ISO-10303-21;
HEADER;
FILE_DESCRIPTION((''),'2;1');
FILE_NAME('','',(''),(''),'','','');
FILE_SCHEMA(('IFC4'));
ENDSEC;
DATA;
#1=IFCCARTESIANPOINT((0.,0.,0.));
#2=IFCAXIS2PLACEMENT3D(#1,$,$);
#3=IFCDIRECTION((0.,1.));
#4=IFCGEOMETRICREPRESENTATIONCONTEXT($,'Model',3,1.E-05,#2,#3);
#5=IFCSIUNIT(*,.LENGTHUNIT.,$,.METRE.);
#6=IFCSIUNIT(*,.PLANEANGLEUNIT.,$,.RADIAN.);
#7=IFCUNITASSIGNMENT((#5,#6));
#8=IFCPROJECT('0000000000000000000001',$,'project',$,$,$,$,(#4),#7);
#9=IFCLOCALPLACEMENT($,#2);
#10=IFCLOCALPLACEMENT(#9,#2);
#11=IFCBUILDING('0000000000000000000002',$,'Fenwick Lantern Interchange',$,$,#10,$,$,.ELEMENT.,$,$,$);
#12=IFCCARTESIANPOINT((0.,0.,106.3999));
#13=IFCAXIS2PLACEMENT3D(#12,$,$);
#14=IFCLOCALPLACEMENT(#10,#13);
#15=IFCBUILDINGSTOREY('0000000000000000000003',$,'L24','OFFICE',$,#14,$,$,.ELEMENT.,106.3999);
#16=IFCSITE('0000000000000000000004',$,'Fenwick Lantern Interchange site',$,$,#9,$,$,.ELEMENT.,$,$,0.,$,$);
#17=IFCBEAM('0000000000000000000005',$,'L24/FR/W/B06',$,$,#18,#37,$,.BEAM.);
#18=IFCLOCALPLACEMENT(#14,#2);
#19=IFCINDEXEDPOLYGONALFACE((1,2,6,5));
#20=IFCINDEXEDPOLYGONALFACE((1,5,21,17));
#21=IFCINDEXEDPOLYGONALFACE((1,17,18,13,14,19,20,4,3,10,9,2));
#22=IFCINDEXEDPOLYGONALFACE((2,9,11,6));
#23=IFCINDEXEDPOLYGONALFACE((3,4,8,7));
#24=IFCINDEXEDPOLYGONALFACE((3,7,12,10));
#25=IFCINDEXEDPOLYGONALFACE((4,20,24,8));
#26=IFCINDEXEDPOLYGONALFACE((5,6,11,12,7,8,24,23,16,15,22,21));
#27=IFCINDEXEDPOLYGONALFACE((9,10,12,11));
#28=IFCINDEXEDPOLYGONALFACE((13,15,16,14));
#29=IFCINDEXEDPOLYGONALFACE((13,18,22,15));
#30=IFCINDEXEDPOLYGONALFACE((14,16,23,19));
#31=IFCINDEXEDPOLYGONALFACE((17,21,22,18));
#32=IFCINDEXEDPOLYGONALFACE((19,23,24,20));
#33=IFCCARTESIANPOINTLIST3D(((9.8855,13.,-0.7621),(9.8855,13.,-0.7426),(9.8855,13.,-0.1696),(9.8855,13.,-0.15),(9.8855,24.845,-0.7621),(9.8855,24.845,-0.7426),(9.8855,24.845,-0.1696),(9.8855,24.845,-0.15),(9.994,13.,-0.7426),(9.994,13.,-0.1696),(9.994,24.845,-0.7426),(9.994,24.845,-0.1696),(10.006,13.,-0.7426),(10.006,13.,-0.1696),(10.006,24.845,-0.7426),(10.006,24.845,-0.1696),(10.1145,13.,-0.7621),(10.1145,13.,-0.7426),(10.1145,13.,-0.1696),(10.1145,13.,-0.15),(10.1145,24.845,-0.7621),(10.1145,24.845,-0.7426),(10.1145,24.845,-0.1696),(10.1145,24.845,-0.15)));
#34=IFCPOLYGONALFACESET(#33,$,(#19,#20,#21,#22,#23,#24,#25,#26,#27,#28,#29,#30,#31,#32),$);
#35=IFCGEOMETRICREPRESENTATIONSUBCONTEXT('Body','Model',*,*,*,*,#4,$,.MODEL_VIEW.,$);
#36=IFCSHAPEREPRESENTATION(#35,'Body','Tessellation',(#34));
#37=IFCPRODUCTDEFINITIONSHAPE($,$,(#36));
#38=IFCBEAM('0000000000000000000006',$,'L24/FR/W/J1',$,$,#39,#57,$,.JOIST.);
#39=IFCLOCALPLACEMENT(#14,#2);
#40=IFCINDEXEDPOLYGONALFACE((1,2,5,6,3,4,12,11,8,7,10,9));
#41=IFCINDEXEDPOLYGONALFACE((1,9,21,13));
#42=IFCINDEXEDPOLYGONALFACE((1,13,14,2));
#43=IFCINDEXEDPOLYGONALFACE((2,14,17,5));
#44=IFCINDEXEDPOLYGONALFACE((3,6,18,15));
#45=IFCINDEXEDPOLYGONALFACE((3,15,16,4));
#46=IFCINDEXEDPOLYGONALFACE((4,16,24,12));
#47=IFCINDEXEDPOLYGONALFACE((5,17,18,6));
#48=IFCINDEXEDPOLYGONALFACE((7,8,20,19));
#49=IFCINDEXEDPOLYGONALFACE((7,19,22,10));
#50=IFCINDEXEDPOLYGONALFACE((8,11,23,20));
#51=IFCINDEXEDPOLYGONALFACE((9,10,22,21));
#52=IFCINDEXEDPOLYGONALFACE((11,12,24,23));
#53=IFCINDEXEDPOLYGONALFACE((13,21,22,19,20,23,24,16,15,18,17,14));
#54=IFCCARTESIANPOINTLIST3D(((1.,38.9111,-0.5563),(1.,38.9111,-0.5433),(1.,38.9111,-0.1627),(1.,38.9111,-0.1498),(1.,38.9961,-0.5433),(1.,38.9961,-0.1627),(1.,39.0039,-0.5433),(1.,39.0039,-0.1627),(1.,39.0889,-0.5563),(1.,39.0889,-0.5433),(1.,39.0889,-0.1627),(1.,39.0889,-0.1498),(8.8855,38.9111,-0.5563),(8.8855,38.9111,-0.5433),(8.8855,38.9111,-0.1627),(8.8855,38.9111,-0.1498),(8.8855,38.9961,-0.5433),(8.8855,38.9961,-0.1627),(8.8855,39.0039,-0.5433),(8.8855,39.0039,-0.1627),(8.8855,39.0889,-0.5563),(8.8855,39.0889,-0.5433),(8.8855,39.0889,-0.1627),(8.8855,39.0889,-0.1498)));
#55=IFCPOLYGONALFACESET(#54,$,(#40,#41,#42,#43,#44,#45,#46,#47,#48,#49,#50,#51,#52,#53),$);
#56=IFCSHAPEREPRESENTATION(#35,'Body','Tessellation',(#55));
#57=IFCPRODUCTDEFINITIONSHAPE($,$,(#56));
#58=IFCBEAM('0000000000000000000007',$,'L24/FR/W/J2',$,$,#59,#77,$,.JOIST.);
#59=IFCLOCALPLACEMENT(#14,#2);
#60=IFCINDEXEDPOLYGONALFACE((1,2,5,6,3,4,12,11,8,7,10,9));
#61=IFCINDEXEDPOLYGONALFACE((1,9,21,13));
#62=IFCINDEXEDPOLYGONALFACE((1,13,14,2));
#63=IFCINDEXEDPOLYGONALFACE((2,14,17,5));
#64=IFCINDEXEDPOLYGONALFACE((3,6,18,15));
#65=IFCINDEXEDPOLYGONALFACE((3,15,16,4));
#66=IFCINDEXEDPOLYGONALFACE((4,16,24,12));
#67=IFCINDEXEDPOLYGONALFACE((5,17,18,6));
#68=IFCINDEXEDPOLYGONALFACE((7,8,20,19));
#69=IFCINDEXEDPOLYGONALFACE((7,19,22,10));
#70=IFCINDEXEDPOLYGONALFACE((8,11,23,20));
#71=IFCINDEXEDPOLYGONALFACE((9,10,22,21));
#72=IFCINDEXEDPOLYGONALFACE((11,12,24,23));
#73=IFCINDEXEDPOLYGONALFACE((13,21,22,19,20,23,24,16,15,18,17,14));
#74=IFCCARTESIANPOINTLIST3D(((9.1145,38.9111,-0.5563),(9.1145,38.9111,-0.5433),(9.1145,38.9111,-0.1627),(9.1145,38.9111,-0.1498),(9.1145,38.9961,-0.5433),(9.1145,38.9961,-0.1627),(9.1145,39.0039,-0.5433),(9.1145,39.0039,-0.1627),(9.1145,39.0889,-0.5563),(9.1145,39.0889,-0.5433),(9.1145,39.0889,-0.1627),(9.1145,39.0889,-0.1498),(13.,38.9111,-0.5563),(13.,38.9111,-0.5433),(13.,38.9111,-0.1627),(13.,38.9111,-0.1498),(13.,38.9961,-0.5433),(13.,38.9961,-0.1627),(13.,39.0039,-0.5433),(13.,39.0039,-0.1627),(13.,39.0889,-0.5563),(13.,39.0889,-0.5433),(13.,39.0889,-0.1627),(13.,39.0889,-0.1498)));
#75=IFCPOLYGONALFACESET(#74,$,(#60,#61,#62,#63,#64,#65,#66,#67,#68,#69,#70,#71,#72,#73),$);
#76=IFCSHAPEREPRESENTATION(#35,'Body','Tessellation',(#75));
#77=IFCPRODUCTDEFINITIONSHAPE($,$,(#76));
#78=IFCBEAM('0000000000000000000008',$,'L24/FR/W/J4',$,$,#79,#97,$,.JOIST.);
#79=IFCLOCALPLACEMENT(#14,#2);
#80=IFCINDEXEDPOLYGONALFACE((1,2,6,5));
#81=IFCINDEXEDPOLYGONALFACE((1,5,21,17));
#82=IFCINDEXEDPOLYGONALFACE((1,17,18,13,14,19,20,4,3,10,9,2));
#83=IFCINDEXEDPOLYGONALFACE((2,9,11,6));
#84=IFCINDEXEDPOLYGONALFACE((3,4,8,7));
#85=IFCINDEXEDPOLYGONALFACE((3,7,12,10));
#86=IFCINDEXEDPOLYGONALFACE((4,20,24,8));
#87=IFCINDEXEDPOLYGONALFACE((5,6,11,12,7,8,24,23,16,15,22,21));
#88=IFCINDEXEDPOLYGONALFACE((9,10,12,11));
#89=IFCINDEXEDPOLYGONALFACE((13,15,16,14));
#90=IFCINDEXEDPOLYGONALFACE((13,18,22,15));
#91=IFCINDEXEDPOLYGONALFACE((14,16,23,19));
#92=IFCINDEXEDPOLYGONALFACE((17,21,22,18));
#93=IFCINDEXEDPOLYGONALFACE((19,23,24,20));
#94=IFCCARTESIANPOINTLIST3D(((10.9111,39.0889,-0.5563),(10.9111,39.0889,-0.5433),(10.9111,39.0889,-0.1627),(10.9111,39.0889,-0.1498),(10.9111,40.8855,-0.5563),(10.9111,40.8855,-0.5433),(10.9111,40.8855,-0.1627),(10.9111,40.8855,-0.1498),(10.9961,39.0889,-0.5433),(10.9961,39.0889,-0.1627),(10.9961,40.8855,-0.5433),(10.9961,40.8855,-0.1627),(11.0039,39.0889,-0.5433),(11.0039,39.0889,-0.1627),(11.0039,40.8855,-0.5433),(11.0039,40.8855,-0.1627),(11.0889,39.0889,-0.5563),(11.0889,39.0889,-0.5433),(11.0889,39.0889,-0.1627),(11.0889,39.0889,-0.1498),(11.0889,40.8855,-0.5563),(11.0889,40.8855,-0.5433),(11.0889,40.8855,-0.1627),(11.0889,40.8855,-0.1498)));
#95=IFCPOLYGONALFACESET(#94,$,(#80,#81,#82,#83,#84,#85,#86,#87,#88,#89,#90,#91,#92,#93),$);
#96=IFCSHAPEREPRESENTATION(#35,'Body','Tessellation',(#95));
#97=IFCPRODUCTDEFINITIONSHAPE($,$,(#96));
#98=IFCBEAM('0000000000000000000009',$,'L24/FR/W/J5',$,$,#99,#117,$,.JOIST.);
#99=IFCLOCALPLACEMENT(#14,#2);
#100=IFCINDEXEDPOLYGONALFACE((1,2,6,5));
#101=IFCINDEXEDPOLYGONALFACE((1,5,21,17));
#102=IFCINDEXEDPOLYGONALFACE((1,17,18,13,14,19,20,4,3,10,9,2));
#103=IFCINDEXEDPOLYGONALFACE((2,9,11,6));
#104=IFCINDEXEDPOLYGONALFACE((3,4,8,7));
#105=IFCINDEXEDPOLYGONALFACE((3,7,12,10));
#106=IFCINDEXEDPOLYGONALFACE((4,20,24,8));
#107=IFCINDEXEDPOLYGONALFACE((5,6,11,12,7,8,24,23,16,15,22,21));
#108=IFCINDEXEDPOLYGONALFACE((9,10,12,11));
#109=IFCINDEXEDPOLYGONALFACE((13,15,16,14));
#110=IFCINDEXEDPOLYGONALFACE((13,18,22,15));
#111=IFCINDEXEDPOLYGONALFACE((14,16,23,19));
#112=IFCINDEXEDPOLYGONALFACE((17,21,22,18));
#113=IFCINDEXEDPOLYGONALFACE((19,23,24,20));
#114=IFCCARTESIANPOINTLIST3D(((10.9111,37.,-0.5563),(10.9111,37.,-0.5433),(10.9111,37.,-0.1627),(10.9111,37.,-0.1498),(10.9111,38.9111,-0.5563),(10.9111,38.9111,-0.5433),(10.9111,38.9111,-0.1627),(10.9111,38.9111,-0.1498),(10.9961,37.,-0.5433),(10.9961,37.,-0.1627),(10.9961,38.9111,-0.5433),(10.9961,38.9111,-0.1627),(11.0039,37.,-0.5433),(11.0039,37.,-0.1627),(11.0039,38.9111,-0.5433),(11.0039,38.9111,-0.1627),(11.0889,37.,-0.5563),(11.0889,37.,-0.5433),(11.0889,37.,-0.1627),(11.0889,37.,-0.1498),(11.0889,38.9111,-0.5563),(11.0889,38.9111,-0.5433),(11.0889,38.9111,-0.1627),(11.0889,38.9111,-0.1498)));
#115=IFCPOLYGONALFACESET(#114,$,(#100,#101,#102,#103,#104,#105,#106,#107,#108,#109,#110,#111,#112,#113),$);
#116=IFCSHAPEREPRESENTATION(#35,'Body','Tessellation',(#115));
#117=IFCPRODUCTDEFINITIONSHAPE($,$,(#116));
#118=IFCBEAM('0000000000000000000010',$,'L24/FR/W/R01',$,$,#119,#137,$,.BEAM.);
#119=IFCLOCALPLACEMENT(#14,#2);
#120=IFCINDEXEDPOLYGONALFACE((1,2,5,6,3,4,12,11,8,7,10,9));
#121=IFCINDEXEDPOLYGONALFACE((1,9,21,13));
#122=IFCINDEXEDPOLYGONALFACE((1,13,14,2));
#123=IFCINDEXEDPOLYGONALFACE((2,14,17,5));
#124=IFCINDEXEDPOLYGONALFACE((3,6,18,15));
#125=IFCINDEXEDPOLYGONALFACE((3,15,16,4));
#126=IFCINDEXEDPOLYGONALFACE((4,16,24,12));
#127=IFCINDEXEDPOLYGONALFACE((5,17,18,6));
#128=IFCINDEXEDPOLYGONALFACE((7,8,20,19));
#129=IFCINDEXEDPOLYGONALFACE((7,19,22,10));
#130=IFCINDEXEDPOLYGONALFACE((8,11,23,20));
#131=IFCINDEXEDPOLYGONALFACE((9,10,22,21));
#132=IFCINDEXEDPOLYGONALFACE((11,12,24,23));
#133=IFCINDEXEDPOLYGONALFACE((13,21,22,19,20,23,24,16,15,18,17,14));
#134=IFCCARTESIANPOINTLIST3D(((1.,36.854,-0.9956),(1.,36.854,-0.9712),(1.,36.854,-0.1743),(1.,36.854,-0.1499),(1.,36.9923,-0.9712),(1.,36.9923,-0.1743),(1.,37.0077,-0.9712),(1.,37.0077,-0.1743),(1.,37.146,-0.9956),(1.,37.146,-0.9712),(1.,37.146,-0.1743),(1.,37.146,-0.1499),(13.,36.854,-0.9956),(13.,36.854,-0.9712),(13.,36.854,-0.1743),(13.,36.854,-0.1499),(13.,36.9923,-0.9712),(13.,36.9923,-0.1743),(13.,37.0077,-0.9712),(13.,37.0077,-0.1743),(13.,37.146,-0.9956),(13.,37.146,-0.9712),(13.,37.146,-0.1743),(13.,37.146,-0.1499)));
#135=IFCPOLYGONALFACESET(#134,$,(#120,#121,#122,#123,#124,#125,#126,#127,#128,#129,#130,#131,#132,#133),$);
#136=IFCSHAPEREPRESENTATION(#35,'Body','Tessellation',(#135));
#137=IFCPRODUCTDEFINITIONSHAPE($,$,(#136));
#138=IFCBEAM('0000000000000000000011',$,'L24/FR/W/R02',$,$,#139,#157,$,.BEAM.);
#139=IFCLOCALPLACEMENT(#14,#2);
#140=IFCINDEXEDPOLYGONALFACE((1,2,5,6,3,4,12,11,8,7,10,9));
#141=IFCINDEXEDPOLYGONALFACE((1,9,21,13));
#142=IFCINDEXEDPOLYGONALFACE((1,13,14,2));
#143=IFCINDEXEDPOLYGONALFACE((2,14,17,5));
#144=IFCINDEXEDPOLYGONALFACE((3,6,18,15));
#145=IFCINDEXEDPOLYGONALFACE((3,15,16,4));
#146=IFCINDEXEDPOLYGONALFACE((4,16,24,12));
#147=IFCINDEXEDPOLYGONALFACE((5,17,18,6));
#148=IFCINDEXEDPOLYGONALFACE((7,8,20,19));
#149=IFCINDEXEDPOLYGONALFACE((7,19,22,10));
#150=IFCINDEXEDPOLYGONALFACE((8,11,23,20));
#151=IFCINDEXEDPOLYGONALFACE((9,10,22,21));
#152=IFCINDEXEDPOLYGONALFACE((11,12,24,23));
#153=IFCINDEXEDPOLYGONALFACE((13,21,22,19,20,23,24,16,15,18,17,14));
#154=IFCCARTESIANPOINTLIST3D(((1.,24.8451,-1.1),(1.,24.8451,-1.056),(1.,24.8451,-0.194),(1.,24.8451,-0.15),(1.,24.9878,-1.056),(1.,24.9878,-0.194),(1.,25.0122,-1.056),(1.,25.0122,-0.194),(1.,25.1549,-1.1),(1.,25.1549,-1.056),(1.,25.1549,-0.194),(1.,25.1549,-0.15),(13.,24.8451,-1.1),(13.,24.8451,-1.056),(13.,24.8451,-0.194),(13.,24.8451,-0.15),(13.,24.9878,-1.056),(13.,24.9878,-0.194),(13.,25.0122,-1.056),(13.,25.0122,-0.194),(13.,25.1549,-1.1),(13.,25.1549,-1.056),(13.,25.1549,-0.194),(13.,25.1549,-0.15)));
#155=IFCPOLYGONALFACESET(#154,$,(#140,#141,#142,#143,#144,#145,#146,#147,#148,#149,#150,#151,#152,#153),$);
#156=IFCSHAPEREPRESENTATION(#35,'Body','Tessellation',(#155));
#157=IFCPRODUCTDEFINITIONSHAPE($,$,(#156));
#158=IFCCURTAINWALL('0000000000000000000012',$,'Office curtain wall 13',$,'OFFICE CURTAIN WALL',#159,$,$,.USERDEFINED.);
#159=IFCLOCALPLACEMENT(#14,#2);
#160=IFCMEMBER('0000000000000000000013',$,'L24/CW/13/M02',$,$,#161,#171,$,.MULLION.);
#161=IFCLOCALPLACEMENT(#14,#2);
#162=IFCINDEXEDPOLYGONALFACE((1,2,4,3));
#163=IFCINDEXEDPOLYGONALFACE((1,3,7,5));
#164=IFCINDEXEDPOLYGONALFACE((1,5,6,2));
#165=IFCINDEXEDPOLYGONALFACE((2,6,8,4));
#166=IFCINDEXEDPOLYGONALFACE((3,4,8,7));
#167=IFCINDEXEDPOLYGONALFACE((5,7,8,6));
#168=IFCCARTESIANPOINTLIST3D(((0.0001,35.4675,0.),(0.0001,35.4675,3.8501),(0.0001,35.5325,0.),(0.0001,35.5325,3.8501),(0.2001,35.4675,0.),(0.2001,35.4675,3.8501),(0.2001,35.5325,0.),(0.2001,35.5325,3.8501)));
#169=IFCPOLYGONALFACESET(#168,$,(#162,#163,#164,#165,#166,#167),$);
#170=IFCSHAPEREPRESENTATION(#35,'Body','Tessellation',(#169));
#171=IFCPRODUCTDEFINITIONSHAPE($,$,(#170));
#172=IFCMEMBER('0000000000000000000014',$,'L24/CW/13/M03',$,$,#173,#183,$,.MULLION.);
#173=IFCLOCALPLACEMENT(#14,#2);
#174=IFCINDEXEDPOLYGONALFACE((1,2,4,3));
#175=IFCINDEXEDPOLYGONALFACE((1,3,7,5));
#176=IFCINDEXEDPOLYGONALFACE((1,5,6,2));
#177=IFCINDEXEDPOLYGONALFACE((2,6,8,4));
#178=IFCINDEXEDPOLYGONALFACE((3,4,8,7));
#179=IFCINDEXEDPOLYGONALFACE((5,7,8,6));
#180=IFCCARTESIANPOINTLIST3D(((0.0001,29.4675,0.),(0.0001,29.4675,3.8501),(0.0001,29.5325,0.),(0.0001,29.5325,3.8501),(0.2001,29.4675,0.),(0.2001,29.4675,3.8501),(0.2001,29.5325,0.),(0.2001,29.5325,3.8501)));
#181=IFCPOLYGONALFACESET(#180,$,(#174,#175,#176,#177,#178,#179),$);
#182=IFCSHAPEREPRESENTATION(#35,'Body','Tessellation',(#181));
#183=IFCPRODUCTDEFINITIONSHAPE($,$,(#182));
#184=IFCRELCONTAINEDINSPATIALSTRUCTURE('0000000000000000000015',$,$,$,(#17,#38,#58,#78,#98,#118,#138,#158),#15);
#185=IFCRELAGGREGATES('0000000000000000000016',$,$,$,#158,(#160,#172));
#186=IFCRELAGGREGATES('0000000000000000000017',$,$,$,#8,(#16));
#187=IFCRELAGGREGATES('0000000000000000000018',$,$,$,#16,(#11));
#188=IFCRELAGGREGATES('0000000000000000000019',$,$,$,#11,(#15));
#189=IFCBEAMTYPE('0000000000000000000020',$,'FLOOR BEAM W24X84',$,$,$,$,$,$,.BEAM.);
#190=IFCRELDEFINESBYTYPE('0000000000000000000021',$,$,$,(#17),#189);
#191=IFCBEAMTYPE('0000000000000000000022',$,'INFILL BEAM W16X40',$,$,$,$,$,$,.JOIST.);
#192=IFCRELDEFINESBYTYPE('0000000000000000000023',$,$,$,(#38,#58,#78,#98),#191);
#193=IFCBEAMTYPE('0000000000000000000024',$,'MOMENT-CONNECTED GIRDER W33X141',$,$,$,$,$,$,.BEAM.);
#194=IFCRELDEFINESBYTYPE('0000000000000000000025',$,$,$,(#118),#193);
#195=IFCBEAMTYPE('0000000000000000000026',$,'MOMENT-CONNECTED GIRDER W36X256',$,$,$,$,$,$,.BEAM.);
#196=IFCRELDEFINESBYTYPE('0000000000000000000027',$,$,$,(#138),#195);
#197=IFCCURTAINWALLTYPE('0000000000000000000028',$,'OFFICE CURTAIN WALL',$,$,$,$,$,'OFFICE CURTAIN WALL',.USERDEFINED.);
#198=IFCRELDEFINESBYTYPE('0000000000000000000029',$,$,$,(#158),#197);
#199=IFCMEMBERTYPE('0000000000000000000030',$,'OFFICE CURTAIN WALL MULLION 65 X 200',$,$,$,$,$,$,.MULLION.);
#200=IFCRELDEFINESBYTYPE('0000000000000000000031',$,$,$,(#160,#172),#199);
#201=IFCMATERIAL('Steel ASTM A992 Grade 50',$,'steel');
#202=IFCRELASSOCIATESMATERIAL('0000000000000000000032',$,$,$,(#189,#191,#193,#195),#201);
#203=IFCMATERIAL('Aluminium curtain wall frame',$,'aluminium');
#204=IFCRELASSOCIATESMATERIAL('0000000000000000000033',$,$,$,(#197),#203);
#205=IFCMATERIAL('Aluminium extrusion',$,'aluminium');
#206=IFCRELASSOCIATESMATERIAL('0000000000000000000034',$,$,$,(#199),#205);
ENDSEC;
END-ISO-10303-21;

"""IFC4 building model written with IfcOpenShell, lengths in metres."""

from ifc_helpers import new_model, si_unit, direction, frame, origin, origin_2d, place, context, subcontext, project, spatial, rectangle, i_section, extrude, material, material_profile, profile_set, type_object, element, aggregate, save


model = new_model("IFC4")

# Units and contexts
model_context = context("Model", 3, precision=1e-05, world=origin(), true_north=direction((0.0, 1.0)))
body_context = subcontext(model_context, "Body", "Model", "MODEL_VIEW")
ifc_project = project(units=[si_unit("LENGTHUNIT", "METRE"), si_unit("PLANEANGLEUNIT", "RADIAN")], contexts=[model_context])

# Site, building, storey
site_placement = place(None, origin())
site = spatial("IfcSite", under=ifc_project, at=site_placement, Name="Fenwick Lantern Interchange site", CompositionType="ELEMENT", RefElevation=0.0)
building_placement = place(site_placement, origin())
building = spatial("IfcBuilding", under=site, at=building_placement, Name="Fenwick Lantern Interchange", CompositionType="ELEMENT")
storey_placement = place(building_placement, frame((0.0, 0.0, 106.3999)))
storey = spatial("IfcBuildingStorey", under=building, at=storey_placement, Name="L24", Description="OFFICE", CompositionType="ELEMENT", Elevation=106.3999)

# Beams
ifc_material_1 = material(Name="Steel ASTM A992 Grade 50", Category="steel")
ifc_material_profile_1 = material_profile(ifc_material_1, i_section(OverallWidth=0.229, OverallDepth=0.6121, WebThickness=0.012, FlangeThickness=0.0195, at=origin_2d()), Name="W24X84")
ifc_profile_set_1 = profile_set([ifc_material_profile_1], Name="Steel ASTM A992 Grade 50")
beam_type_1 = type_object("IfcBeamType", Name="FLOOR BEAM W24X84", PredefinedType="BEAM", material=ifc_profile_set_1)
for number, where, z_axis, x_axis, name in (
    (1, (10.0, 24.845, -0.4561), (0.0, -1.0, 0.0), (1.0, 0.0, 0.0), "L24/FR/W/B06"),
):
    element("IfcBeam", number, at=place(storey_placement, frame(where, z_axis=z_axis, x_axis=x_axis)), inside=storey, type_object=beam_type_1, Name=name, PredefinedType="BEAM", context=body_context, shape_type="SweptSolid", body=[
        extrude(i_section(OverallWidth=0.229, OverallDepth=0.6121, WebThickness=0.012, FlangeThickness=0.0195, at=origin_2d()), origin(), (0.0, 0.0, 1.0), 11.845),
    ])
ifc_material_profile_2 = material_profile(ifc_material_1, i_section(OverallWidth=0.1777, OverallDepth=0.4065, WebThickness=0.0078, FlangeThickness=0.0129, at=origin_2d()), Name="W16X40")
ifc_profile_set_2 = profile_set([ifc_material_profile_2], Name="Steel ASTM A992 Grade 50")
beam_type_2 = type_object("IfcBeamType", Name="INFILL BEAM W16X40", PredefinedType="JOIST", material=ifc_profile_set_2)
beam_1_placement = place(storey_placement, frame((1.0, 39.0, -0.353), z_axis=(1.0, 0.0, 0.0), x_axis=(0.0, 1.0, 0.0)))
element("IfcBeam", 2, at=beam_1_placement, inside=storey, type_object=beam_type_2, Name="L24/FR/W/J1", PredefinedType="JOIST", context=body_context, shape_type="SweptSolid", body=[
    extrude(i_section(OverallWidth=0.1777, OverallDepth=0.4065, WebThickness=0.0078, FlangeThickness=0.0129, at=origin_2d()), origin(), (0.0, 0.0, 1.0), 7.8855),
])
beam_2_placement = place(storey_placement, frame((9.1145, 39.0, -0.353), z_axis=(1.0, 0.0, 0.0), x_axis=(0.0, 1.0, 0.0)))
element("IfcBeam", 3, at=beam_2_placement, inside=storey, type_object=beam_type_2, Name="L24/FR/W/J2", PredefinedType="JOIST", context=body_context, shape_type="SweptSolid", body=[
    extrude(i_section(OverallWidth=0.1777, OverallDepth=0.4065, WebThickness=0.0078, FlangeThickness=0.0129, at=origin_2d()), origin(), (0.0, 0.0, 1.0), 3.8855),
])
beam_3_placement = place(storey_placement, frame((11.0, 40.8855, -0.353), z_axis=(0.0, -1.0, 0.0), x_axis=(1.0, 0.0, 0.0)))
element("IfcBeam", 4, at=beam_3_placement, inside=storey, type_object=beam_type_2, Name="L24/FR/W/J4", PredefinedType="JOIST", context=body_context, shape_type="SweptSolid", body=[
    extrude(i_section(OverallWidth=0.1777, OverallDepth=0.4065, WebThickness=0.0078, FlangeThickness=0.0129, at=origin_2d()), origin(), (0.0, 0.0, 1.0), 1.7966),
])
beam_4_placement = place(storey_placement, frame((11.0, 38.9111, -0.353), z_axis=(0.0, -1.0, 0.0), x_axis=(1.0, 0.0, 0.0)))
element("IfcBeam", 5, at=beam_4_placement, inside=storey, type_object=beam_type_2, Name="L24/FR/W/J5", PredefinedType="JOIST", context=body_context, shape_type="SweptSolid", body=[
    extrude(i_section(OverallWidth=0.1777, OverallDepth=0.4065, WebThickness=0.0078, FlangeThickness=0.0129, at=origin_2d()), origin(), (0.0, 0.0, 1.0), 1.9111),
])
ifc_material_profile_3 = material_profile(ifc_material_1, i_section(OverallWidth=0.292, OverallDepth=0.8457, WebThickness=0.0154, FlangeThickness=0.0244, at=origin_2d()), Name="W33X141")
ifc_profile_set_3 = profile_set([ifc_material_profile_3], Name="Steel ASTM A992 Grade 50")
beam_type_3 = type_object("IfcBeamType", Name="MOMENT-CONNECTED GIRDER W33X141", PredefinedType="BEAM", material=ifc_profile_set_3)
beam_5_placement = place(storey_placement, frame((1.0, 37.0, -0.5728), z_axis=(1.0, 0.0, 0.0), x_axis=(0.0, 1.0, 0.0)))
element("IfcBeam", 6, at=beam_5_placement, inside=storey, type_object=beam_type_3, Name="L24/FR/W/R01", PredefinedType="BEAM", context=body_context, shape_type="SweptSolid", body=[
    extrude(i_section(OverallWidth=0.292, OverallDepth=0.8457, WebThickness=0.0154, FlangeThickness=0.0244, at=origin_2d()), origin(), (0.0, 0.0, 1.0), 12.0),
])
ifc_material_profile_4 = material_profile(ifc_material_1, i_section(OverallWidth=0.3098, OverallDepth=0.95, WebThickness=0.0244, FlangeThickness=0.0439, at=origin_2d()), Name="W36X256")
ifc_profile_set_4 = profile_set([ifc_material_profile_4], Name="Steel ASTM A992 Grade 50")
beam_type_4 = type_object("IfcBeamType", Name="MOMENT-CONNECTED GIRDER W36X256", PredefinedType="BEAM", material=ifc_profile_set_4)
beam_6_placement = place(storey_placement, frame((1.0, 25.0, -0.625), z_axis=(1.0, 0.0, 0.0), x_axis=(0.0, 1.0, 0.0)))
element("IfcBeam", 7, at=beam_6_placement, inside=storey, type_object=beam_type_4, Name="L24/FR/W/R02", PredefinedType="BEAM", context=body_context, shape_type="SweptSolid", body=[
    extrude(i_section(OverallWidth=0.3098, OverallDepth=0.95, WebThickness=0.0244, FlangeThickness=0.0439, at=origin_2d()), origin(), (0.0, 0.0, 1.0), 12.0),
])

# Curtain wall, members
ifc_material_2 = material(Name="Aluminium curtain wall frame", Category="aluminium")
curtain_wall_type = type_object("IfcCurtainWallType", Name="OFFICE CURTAIN WALL", ElementType="OFFICE CURTAIN WALL", PredefinedType="USERDEFINED", material=ifc_material_2)
curtain_wall_placement = place(storey_placement, origin())
curtain_wall = element("IfcCurtainWall", 8, at=curtain_wall_placement, inside=storey, type_object=curtain_wall_type, Name="Office curtain wall 13", ObjectType="OFFICE CURTAIN WALL", PredefinedType="USERDEFINED")
ifc_material_3 = material(Name="Aluminium extrusion", Category="aluminium")
ifc_material_profile_5 = material_profile(ifc_material_3, rectangle(XDim=0.2, YDim=0.0649, at=origin_2d()), Name="OFFICE CURTAIN WALL MULLION 65 X 200")
ifc_profile_set_5 = profile_set([ifc_material_profile_5], Name="Aluminium extrusion")
member_type_1 = type_object("IfcMemberType", Name="OFFICE CURTAIN WALL MULLION 65 X 200", PredefinedType="MULLION", material=ifc_profile_set_5)
member_1_placement = place(storey_placement, frame((0.1001, 35.5, 0.0), z_axis=(0.0, 0.0, 1.0), x_axis=(1.0, 0.0, 0.0)))
member_1 = element("IfcMember", 9, at=member_1_placement, type_object=member_type_1, Name="L24/CW/13/M02", PredefinedType="MULLION", context=body_context, shape_type="SweptSolid", body=[
    extrude(rectangle(XDim=0.2, YDim=0.0649, at=origin_2d()), origin(), (0.0, 0.0, 1.0), 3.8501),
])
member_2_placement = place(storey_placement, frame((0.1001, 29.5, 0.0), z_axis=(0.0, 0.0, 1.0), x_axis=(1.0, 0.0, 0.0)))
member_2 = element("IfcMember", 10, at=member_2_placement, type_object=member_type_1, Name="L24/CW/13/M03", PredefinedType="MULLION", context=body_context, shape_type="SweptSolid", body=[
    extrude(rectangle(XDim=0.2, YDim=0.0649, at=origin_2d()), origin(), (0.0, 0.0, 1.0), 3.8501),
])
aggregate(curtain_wall, [member_1, member_2])

save(model, "model.ifc")
